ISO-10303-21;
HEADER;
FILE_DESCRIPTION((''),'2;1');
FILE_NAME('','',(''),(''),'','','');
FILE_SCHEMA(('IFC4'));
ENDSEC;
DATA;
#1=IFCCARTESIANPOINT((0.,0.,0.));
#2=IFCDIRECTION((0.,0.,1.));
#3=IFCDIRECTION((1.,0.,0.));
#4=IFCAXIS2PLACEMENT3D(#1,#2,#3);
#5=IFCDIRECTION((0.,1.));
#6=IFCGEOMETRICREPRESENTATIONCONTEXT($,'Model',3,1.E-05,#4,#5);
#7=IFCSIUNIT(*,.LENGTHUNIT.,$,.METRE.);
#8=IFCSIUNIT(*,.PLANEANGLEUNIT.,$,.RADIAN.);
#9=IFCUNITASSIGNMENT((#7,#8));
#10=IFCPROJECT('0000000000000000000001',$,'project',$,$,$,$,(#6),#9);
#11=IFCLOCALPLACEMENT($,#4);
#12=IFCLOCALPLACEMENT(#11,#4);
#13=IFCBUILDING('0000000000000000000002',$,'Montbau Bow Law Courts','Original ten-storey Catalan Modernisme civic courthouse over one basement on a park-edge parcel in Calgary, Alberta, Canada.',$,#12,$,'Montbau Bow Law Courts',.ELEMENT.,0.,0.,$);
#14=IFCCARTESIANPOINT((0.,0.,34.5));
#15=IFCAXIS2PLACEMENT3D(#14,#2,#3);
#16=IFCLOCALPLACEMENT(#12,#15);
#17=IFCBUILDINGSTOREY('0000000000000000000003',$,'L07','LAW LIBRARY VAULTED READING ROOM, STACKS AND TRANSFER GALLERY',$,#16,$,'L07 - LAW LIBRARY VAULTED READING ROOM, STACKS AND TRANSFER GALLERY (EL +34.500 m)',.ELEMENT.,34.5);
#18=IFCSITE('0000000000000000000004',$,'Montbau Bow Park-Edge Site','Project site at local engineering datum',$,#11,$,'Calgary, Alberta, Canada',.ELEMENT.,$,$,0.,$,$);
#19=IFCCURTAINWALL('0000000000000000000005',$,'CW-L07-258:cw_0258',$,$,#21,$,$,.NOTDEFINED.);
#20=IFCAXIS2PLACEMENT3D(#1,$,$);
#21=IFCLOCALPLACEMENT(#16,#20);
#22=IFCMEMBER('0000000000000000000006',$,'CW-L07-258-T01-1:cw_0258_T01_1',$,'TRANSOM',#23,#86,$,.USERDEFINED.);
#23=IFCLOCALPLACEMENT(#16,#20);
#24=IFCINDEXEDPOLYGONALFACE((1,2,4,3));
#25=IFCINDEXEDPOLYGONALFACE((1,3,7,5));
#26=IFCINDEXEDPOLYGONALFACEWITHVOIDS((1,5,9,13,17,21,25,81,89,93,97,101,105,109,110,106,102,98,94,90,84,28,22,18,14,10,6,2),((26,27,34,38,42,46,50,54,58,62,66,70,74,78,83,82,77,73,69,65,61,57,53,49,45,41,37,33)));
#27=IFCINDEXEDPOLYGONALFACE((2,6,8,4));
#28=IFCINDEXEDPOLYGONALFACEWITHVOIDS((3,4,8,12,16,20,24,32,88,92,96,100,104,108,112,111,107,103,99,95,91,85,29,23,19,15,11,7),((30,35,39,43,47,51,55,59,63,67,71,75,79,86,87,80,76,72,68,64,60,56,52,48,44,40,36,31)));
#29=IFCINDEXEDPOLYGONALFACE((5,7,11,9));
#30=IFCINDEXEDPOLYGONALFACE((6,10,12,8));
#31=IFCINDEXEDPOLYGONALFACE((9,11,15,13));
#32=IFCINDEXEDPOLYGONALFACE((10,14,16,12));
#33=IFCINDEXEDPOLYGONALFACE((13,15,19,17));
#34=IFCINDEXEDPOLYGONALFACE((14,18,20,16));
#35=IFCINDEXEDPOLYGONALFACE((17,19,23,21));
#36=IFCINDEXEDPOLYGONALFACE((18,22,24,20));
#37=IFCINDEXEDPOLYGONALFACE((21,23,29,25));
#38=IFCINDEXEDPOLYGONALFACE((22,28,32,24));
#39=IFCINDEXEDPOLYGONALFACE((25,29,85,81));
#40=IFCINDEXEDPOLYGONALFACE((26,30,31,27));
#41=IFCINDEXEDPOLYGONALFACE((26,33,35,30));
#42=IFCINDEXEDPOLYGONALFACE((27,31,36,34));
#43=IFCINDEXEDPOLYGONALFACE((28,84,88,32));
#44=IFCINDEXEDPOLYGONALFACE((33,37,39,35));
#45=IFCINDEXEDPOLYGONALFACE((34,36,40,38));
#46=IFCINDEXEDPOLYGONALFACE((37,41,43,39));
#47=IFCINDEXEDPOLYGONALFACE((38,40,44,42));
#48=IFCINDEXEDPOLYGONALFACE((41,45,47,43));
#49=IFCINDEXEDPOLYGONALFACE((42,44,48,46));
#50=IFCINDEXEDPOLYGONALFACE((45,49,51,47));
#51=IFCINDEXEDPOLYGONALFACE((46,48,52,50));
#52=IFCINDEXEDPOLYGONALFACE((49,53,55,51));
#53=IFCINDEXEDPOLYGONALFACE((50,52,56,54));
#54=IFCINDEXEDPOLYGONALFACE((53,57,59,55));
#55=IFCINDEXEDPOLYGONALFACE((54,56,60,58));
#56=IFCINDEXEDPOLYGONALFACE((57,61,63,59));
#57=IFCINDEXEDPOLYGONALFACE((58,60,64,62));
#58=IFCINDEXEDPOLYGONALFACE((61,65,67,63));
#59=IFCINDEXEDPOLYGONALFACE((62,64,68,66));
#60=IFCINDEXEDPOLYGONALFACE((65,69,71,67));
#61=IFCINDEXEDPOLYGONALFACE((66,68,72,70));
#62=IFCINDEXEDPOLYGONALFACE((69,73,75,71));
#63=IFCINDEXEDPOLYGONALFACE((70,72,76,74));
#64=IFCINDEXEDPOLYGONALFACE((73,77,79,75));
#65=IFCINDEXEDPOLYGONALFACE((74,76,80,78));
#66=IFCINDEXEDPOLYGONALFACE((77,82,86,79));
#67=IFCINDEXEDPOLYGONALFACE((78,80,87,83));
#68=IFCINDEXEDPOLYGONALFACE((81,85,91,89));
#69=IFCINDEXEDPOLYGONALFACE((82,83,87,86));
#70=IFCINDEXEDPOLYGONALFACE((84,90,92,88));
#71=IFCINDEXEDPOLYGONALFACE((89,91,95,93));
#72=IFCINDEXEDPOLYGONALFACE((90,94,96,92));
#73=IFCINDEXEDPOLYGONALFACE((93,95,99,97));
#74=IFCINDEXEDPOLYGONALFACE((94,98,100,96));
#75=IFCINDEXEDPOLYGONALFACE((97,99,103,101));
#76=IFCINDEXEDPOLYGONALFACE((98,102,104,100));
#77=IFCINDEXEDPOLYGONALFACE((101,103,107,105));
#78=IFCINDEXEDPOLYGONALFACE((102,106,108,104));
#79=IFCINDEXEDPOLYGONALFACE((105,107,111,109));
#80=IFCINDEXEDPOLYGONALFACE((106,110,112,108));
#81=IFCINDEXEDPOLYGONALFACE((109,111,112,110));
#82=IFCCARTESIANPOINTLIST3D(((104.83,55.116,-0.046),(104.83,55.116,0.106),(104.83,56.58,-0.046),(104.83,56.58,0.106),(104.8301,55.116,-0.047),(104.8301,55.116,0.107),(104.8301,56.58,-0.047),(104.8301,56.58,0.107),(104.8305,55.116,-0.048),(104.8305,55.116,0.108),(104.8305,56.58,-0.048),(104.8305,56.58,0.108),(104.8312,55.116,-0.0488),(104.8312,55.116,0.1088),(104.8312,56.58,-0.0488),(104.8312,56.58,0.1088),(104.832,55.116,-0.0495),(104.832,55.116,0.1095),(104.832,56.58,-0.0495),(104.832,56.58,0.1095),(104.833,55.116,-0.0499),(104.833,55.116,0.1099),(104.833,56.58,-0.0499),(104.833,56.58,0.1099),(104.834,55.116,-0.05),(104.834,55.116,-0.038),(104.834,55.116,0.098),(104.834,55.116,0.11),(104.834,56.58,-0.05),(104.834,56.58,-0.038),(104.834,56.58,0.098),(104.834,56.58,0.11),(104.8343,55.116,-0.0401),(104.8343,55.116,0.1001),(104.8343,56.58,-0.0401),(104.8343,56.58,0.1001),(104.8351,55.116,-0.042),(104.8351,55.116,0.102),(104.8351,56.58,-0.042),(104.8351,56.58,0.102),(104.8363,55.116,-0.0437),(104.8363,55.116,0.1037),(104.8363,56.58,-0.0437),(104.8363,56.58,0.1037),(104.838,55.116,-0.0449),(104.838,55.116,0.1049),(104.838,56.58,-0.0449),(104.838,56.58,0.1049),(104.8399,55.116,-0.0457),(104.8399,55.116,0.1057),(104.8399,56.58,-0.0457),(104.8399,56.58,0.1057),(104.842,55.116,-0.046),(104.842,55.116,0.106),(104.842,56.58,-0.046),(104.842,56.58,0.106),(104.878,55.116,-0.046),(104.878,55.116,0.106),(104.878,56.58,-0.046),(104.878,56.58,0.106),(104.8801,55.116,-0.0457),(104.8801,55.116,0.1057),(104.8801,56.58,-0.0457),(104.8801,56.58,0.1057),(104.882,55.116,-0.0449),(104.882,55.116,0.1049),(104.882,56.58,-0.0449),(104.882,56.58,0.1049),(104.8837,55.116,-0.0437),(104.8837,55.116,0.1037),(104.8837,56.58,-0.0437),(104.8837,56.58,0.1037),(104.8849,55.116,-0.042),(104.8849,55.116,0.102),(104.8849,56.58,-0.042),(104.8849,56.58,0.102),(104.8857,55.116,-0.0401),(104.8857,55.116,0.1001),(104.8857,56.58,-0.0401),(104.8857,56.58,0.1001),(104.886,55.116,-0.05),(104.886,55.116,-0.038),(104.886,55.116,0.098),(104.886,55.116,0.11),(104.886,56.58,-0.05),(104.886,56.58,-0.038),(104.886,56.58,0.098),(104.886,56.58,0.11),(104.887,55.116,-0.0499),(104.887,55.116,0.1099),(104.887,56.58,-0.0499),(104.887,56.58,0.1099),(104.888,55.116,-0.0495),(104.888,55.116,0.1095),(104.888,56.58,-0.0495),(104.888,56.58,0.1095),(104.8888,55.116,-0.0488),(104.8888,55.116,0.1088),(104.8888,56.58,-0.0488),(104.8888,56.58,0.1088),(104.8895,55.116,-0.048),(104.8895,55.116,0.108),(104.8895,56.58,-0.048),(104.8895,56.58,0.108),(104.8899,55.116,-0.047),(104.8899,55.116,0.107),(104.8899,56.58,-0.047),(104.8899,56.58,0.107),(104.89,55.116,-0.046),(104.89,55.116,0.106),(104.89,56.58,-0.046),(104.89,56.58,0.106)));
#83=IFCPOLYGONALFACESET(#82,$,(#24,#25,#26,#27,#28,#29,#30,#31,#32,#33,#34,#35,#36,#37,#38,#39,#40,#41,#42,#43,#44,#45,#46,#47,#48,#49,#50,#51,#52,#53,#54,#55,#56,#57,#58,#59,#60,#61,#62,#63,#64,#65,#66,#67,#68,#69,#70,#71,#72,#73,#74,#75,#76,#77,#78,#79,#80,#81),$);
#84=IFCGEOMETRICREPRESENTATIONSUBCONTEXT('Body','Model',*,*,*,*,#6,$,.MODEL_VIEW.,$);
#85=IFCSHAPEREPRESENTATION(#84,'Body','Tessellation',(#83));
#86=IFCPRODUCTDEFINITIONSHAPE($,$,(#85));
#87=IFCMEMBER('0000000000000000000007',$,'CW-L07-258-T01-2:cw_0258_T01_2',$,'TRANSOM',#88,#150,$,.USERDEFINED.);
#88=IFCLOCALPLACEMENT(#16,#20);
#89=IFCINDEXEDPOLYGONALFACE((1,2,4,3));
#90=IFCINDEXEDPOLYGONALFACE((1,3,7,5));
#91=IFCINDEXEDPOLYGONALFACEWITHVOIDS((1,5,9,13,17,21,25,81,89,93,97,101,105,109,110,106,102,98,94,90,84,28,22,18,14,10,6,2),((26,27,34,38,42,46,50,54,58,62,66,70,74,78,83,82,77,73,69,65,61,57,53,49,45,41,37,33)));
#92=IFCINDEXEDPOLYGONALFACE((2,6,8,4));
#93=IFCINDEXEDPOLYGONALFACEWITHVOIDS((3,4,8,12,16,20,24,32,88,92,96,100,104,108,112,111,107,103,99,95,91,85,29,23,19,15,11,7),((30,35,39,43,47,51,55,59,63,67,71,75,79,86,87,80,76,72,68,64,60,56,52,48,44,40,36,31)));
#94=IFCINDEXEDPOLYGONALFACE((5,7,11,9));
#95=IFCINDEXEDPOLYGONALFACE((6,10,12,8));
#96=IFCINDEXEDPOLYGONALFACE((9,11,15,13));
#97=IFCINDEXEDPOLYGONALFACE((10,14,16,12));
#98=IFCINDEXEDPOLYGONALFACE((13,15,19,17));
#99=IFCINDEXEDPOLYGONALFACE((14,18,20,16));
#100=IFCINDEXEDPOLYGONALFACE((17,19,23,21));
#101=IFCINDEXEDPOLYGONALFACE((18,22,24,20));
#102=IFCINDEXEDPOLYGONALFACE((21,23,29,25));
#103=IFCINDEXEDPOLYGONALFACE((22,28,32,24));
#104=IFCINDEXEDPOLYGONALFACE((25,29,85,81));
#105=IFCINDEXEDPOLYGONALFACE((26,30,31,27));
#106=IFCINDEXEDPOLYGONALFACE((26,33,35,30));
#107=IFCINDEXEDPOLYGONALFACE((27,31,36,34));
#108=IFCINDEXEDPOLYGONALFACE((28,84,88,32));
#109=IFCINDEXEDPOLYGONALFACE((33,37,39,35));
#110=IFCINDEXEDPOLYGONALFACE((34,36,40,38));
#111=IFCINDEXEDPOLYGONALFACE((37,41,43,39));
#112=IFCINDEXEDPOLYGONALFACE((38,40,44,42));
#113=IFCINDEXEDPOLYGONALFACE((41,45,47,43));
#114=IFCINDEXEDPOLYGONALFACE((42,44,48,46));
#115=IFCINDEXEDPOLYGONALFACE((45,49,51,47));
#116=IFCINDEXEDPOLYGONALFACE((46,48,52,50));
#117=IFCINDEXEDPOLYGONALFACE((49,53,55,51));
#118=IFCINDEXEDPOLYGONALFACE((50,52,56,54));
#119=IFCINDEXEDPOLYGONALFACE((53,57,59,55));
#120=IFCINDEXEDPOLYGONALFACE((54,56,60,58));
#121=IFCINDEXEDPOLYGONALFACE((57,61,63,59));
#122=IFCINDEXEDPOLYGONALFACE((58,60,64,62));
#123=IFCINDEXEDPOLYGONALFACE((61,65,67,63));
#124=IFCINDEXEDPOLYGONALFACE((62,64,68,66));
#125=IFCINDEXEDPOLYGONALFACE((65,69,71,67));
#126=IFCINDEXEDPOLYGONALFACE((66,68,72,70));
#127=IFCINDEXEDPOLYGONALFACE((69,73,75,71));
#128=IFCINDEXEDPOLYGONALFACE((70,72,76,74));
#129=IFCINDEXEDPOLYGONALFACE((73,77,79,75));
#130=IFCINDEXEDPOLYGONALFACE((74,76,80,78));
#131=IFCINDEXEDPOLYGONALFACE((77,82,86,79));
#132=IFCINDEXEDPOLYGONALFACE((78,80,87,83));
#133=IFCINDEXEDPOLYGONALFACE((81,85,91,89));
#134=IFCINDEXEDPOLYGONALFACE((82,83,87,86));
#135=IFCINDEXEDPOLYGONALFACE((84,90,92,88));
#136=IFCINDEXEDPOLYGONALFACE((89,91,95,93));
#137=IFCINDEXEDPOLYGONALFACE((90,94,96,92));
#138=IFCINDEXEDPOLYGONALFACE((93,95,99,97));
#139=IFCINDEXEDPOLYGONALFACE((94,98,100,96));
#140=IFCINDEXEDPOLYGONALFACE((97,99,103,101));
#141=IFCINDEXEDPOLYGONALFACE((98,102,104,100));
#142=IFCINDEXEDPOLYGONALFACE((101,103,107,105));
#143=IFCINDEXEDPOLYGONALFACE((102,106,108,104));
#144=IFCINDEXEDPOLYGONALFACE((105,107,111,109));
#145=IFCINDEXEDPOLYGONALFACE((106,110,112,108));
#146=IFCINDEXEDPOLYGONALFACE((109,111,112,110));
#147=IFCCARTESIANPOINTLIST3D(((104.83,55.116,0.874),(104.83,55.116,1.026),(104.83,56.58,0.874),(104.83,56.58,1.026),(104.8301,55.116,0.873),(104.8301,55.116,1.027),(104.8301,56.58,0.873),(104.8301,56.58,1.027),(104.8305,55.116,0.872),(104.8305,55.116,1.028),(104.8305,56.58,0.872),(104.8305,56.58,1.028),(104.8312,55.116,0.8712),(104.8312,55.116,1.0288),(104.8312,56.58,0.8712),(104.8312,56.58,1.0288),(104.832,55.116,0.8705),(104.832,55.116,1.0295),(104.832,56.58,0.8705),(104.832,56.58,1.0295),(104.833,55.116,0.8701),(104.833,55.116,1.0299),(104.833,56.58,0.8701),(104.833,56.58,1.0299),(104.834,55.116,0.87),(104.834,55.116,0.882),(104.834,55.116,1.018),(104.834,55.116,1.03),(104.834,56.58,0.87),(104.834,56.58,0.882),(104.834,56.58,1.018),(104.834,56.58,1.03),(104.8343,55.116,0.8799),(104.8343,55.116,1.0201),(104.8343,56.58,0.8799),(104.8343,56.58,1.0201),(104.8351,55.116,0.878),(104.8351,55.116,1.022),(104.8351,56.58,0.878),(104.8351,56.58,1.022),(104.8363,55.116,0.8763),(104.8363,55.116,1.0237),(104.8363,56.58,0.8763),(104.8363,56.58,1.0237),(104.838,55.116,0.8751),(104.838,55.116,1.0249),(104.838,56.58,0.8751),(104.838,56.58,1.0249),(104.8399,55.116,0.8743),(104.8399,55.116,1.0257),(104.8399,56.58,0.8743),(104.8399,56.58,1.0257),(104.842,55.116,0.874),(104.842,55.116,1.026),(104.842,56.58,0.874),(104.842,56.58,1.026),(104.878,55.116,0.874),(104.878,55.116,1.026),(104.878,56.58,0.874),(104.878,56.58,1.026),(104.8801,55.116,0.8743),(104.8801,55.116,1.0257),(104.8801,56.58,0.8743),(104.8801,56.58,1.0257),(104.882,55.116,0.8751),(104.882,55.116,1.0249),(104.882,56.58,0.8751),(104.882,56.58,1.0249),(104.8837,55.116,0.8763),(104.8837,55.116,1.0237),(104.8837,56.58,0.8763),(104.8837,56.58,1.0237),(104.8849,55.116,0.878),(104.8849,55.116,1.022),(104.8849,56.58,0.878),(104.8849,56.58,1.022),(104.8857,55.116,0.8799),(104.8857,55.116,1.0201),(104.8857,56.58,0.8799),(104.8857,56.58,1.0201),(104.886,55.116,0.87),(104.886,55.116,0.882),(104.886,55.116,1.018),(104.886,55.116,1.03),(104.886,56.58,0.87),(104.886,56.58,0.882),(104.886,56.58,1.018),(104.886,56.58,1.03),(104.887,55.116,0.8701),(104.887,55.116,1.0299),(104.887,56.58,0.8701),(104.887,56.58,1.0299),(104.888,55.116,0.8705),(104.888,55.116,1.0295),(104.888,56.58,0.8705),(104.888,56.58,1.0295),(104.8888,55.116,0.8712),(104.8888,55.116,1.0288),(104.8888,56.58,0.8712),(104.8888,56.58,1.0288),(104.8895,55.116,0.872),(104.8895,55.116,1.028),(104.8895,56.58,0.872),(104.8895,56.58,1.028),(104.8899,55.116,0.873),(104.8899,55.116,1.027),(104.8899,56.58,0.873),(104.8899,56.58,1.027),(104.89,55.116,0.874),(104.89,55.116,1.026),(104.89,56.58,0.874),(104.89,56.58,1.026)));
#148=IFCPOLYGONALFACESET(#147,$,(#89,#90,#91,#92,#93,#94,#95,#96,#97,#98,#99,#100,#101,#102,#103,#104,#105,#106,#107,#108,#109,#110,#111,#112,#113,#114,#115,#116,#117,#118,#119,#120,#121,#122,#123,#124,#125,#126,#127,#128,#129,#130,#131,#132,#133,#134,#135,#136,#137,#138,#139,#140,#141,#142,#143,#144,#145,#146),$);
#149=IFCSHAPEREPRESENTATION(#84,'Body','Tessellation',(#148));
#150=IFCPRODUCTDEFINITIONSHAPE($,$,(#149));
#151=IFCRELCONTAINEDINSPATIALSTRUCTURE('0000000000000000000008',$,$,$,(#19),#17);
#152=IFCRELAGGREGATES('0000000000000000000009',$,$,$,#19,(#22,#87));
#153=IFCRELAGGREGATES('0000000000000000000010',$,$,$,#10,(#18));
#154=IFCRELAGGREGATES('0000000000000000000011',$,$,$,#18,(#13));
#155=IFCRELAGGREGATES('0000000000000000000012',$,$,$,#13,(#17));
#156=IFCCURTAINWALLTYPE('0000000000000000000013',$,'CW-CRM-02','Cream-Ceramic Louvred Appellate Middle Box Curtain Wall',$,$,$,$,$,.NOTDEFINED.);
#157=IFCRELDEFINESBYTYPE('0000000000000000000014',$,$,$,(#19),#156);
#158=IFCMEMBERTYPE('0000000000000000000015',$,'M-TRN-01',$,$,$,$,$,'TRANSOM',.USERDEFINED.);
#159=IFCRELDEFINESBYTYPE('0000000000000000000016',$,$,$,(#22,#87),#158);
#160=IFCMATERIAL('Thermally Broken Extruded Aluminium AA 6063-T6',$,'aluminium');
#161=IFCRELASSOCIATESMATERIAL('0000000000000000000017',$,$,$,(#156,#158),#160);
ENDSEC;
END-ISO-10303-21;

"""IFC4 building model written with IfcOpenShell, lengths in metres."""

from ifc_helpers import new_model, si_unit, direction, frame, origin_with_axes, origin_2d_with_axis, place, context, subcontext, project, spatial, hollow_rectangle, extrude, material, material_profile, profile_set, type_object, element, aggregate, save


model = new_model("IFC4")

# Units and contexts
model_context = context("Model", 3, precision=1e-05, world=origin_with_axes(), true_north=direction((0.0, 1.0)))
body_context = subcontext(model_context, "Body", "Model", "MODEL_VIEW")
ifc_project = project(units=[si_unit("LENGTHUNIT", "METRE"), si_unit("PLANEANGLEUNIT", "RADIAN")], contexts=[model_context])

# Site, building, storey
site_placement = place(None, origin_with_axes())
site = spatial("IfcSite", under=ifc_project, at=site_placement, Name="Montbau Bow Park-Edge Site", Description="Project site at local engineering datum", LongName="Calgary, Alberta, Canada", CompositionType="ELEMENT", RefElevation=0.0)
building_placement = place(site_placement, origin_with_axes())
building = spatial("IfcBuilding", under=site, at=building_placement, Name="Montbau Bow Law Courts", Description="Original ten-storey Catalan Modernisme civic courthouse over one basement on a park-edge parcel in Calgary, Alberta, Canada.", LongName="Montbau Bow Law Courts", CompositionType="ELEMENT", ElevationOfRefHeight=0.0, ElevationOfTerrain=0.0)
storey_placement = place(building_placement, frame((0.0, 0.0, 34.5), z_axis=(0.0, 0.0, 1.0), x_axis=(1.0, 0.0, 0.0)))
storey = spatial("IfcBuildingStorey", under=building, at=storey_placement, Name="L07", Description="LAW LIBRARY VAULTED READING ROOM, STACKS AND TRANSFER GALLERY", LongName="L07 - LAW LIBRARY VAULTED READING ROOM, STACKS AND TRANSFER GALLERY (EL +34.500 m)", CompositionType="ELEMENT", Elevation=34.5)

# Curtain wall
ifc_material_1 = material(Name="Thermally Broken Extruded Aluminium AA 6063-T6", Category="aluminium")
curtain_wall_type = type_object("IfcCurtainWallType", Name="CW-CRM-02", Description="Cream-Ceramic Louvred Appellate Middle Box Curtain Wall", PredefinedType="NOTDEFINED", material=ifc_material_1)
curtain_wall_1_placement = place(None, frame((104.86, 55.04, 34.5), z_axis=(0.0, 0.0, 1.0), x_axis=(1.0, 0.0, 0.0)))
curtain_wall_1 = element("IfcCurtainWall", 1, at=curtain_wall_1_placement, inside=storey, type_object=curtain_wall_type, Name="CW-L07-258:cw_0258", PredefinedType="NOTDEFINED")

# Members
ifc_material_profile_1 = material_profile(ifc_material_1, hollow_rectangle(XDim=0.06, YDim=0.16, WallThickness=0.004, InnerFilletRadius=0.008, OuterFilletRadius=0.004, at=origin_2d_with_axis()), Name="CWT-160X60", Category="Main", Priority=0)
ifc_profile_set_1 = profile_set([ifc_material_profile_1], Name="Thermally Broken Extruded Aluminium AA 6063-T6")
member_type_1 = type_object("IfcMemberType", Name="M-TRN-01", ElementType="TRANSOM", PredefinedType="USERDEFINED", material=ifc_profile_set_1)
member_1_placement = place(None, frame((104.86, 55.116, 34.53), z_axis=(0.0, 1.0, 0.0), x_axis=(-1.0, 0.0, 0.0)))
member_1 = element("IfcMember", 2, at=member_1_placement, type_object=member_type_1, Name="CW-L07-258-T01-1:cw_0258_T01_1", ObjectType="TRANSOM", PredefinedType="USERDEFINED", context=body_context, shape_type="SweptSolid", body=[
    extrude(hollow_rectangle(XDim=0.06, YDim=0.16, WallThickness=0.004, InnerFilletRadius=0.008, OuterFilletRadius=0.004, at=origin_2d_with_axis()), origin_with_axes(), (0.0, 0.0, 1.0), 1.464),
])
member_2_placement = place(None, frame((104.86, 55.116, 35.45), z_axis=(0.0, 1.0, 0.0), x_axis=(-1.0, 0.0, 0.0)))
member_2 = element("IfcMember", 3, at=member_2_placement, type_object=member_type_1, Name="CW-L07-258-T01-2:cw_0258_T01_2", ObjectType="TRANSOM", PredefinedType="USERDEFINED", context=body_context, shape_type="SweptSolid", body=[
    extrude(hollow_rectangle(XDim=0.06, YDim=0.16, WallThickness=0.004, InnerFilletRadius=0.008, OuterFilletRadius=0.004, at=origin_2d_with_axis()), origin_with_axes(), (0.0, 0.0, 1.0), 1.464),
])

aggregate(curtain_wall_1, [member_1, member_2])

save(model, "model.ifc")
